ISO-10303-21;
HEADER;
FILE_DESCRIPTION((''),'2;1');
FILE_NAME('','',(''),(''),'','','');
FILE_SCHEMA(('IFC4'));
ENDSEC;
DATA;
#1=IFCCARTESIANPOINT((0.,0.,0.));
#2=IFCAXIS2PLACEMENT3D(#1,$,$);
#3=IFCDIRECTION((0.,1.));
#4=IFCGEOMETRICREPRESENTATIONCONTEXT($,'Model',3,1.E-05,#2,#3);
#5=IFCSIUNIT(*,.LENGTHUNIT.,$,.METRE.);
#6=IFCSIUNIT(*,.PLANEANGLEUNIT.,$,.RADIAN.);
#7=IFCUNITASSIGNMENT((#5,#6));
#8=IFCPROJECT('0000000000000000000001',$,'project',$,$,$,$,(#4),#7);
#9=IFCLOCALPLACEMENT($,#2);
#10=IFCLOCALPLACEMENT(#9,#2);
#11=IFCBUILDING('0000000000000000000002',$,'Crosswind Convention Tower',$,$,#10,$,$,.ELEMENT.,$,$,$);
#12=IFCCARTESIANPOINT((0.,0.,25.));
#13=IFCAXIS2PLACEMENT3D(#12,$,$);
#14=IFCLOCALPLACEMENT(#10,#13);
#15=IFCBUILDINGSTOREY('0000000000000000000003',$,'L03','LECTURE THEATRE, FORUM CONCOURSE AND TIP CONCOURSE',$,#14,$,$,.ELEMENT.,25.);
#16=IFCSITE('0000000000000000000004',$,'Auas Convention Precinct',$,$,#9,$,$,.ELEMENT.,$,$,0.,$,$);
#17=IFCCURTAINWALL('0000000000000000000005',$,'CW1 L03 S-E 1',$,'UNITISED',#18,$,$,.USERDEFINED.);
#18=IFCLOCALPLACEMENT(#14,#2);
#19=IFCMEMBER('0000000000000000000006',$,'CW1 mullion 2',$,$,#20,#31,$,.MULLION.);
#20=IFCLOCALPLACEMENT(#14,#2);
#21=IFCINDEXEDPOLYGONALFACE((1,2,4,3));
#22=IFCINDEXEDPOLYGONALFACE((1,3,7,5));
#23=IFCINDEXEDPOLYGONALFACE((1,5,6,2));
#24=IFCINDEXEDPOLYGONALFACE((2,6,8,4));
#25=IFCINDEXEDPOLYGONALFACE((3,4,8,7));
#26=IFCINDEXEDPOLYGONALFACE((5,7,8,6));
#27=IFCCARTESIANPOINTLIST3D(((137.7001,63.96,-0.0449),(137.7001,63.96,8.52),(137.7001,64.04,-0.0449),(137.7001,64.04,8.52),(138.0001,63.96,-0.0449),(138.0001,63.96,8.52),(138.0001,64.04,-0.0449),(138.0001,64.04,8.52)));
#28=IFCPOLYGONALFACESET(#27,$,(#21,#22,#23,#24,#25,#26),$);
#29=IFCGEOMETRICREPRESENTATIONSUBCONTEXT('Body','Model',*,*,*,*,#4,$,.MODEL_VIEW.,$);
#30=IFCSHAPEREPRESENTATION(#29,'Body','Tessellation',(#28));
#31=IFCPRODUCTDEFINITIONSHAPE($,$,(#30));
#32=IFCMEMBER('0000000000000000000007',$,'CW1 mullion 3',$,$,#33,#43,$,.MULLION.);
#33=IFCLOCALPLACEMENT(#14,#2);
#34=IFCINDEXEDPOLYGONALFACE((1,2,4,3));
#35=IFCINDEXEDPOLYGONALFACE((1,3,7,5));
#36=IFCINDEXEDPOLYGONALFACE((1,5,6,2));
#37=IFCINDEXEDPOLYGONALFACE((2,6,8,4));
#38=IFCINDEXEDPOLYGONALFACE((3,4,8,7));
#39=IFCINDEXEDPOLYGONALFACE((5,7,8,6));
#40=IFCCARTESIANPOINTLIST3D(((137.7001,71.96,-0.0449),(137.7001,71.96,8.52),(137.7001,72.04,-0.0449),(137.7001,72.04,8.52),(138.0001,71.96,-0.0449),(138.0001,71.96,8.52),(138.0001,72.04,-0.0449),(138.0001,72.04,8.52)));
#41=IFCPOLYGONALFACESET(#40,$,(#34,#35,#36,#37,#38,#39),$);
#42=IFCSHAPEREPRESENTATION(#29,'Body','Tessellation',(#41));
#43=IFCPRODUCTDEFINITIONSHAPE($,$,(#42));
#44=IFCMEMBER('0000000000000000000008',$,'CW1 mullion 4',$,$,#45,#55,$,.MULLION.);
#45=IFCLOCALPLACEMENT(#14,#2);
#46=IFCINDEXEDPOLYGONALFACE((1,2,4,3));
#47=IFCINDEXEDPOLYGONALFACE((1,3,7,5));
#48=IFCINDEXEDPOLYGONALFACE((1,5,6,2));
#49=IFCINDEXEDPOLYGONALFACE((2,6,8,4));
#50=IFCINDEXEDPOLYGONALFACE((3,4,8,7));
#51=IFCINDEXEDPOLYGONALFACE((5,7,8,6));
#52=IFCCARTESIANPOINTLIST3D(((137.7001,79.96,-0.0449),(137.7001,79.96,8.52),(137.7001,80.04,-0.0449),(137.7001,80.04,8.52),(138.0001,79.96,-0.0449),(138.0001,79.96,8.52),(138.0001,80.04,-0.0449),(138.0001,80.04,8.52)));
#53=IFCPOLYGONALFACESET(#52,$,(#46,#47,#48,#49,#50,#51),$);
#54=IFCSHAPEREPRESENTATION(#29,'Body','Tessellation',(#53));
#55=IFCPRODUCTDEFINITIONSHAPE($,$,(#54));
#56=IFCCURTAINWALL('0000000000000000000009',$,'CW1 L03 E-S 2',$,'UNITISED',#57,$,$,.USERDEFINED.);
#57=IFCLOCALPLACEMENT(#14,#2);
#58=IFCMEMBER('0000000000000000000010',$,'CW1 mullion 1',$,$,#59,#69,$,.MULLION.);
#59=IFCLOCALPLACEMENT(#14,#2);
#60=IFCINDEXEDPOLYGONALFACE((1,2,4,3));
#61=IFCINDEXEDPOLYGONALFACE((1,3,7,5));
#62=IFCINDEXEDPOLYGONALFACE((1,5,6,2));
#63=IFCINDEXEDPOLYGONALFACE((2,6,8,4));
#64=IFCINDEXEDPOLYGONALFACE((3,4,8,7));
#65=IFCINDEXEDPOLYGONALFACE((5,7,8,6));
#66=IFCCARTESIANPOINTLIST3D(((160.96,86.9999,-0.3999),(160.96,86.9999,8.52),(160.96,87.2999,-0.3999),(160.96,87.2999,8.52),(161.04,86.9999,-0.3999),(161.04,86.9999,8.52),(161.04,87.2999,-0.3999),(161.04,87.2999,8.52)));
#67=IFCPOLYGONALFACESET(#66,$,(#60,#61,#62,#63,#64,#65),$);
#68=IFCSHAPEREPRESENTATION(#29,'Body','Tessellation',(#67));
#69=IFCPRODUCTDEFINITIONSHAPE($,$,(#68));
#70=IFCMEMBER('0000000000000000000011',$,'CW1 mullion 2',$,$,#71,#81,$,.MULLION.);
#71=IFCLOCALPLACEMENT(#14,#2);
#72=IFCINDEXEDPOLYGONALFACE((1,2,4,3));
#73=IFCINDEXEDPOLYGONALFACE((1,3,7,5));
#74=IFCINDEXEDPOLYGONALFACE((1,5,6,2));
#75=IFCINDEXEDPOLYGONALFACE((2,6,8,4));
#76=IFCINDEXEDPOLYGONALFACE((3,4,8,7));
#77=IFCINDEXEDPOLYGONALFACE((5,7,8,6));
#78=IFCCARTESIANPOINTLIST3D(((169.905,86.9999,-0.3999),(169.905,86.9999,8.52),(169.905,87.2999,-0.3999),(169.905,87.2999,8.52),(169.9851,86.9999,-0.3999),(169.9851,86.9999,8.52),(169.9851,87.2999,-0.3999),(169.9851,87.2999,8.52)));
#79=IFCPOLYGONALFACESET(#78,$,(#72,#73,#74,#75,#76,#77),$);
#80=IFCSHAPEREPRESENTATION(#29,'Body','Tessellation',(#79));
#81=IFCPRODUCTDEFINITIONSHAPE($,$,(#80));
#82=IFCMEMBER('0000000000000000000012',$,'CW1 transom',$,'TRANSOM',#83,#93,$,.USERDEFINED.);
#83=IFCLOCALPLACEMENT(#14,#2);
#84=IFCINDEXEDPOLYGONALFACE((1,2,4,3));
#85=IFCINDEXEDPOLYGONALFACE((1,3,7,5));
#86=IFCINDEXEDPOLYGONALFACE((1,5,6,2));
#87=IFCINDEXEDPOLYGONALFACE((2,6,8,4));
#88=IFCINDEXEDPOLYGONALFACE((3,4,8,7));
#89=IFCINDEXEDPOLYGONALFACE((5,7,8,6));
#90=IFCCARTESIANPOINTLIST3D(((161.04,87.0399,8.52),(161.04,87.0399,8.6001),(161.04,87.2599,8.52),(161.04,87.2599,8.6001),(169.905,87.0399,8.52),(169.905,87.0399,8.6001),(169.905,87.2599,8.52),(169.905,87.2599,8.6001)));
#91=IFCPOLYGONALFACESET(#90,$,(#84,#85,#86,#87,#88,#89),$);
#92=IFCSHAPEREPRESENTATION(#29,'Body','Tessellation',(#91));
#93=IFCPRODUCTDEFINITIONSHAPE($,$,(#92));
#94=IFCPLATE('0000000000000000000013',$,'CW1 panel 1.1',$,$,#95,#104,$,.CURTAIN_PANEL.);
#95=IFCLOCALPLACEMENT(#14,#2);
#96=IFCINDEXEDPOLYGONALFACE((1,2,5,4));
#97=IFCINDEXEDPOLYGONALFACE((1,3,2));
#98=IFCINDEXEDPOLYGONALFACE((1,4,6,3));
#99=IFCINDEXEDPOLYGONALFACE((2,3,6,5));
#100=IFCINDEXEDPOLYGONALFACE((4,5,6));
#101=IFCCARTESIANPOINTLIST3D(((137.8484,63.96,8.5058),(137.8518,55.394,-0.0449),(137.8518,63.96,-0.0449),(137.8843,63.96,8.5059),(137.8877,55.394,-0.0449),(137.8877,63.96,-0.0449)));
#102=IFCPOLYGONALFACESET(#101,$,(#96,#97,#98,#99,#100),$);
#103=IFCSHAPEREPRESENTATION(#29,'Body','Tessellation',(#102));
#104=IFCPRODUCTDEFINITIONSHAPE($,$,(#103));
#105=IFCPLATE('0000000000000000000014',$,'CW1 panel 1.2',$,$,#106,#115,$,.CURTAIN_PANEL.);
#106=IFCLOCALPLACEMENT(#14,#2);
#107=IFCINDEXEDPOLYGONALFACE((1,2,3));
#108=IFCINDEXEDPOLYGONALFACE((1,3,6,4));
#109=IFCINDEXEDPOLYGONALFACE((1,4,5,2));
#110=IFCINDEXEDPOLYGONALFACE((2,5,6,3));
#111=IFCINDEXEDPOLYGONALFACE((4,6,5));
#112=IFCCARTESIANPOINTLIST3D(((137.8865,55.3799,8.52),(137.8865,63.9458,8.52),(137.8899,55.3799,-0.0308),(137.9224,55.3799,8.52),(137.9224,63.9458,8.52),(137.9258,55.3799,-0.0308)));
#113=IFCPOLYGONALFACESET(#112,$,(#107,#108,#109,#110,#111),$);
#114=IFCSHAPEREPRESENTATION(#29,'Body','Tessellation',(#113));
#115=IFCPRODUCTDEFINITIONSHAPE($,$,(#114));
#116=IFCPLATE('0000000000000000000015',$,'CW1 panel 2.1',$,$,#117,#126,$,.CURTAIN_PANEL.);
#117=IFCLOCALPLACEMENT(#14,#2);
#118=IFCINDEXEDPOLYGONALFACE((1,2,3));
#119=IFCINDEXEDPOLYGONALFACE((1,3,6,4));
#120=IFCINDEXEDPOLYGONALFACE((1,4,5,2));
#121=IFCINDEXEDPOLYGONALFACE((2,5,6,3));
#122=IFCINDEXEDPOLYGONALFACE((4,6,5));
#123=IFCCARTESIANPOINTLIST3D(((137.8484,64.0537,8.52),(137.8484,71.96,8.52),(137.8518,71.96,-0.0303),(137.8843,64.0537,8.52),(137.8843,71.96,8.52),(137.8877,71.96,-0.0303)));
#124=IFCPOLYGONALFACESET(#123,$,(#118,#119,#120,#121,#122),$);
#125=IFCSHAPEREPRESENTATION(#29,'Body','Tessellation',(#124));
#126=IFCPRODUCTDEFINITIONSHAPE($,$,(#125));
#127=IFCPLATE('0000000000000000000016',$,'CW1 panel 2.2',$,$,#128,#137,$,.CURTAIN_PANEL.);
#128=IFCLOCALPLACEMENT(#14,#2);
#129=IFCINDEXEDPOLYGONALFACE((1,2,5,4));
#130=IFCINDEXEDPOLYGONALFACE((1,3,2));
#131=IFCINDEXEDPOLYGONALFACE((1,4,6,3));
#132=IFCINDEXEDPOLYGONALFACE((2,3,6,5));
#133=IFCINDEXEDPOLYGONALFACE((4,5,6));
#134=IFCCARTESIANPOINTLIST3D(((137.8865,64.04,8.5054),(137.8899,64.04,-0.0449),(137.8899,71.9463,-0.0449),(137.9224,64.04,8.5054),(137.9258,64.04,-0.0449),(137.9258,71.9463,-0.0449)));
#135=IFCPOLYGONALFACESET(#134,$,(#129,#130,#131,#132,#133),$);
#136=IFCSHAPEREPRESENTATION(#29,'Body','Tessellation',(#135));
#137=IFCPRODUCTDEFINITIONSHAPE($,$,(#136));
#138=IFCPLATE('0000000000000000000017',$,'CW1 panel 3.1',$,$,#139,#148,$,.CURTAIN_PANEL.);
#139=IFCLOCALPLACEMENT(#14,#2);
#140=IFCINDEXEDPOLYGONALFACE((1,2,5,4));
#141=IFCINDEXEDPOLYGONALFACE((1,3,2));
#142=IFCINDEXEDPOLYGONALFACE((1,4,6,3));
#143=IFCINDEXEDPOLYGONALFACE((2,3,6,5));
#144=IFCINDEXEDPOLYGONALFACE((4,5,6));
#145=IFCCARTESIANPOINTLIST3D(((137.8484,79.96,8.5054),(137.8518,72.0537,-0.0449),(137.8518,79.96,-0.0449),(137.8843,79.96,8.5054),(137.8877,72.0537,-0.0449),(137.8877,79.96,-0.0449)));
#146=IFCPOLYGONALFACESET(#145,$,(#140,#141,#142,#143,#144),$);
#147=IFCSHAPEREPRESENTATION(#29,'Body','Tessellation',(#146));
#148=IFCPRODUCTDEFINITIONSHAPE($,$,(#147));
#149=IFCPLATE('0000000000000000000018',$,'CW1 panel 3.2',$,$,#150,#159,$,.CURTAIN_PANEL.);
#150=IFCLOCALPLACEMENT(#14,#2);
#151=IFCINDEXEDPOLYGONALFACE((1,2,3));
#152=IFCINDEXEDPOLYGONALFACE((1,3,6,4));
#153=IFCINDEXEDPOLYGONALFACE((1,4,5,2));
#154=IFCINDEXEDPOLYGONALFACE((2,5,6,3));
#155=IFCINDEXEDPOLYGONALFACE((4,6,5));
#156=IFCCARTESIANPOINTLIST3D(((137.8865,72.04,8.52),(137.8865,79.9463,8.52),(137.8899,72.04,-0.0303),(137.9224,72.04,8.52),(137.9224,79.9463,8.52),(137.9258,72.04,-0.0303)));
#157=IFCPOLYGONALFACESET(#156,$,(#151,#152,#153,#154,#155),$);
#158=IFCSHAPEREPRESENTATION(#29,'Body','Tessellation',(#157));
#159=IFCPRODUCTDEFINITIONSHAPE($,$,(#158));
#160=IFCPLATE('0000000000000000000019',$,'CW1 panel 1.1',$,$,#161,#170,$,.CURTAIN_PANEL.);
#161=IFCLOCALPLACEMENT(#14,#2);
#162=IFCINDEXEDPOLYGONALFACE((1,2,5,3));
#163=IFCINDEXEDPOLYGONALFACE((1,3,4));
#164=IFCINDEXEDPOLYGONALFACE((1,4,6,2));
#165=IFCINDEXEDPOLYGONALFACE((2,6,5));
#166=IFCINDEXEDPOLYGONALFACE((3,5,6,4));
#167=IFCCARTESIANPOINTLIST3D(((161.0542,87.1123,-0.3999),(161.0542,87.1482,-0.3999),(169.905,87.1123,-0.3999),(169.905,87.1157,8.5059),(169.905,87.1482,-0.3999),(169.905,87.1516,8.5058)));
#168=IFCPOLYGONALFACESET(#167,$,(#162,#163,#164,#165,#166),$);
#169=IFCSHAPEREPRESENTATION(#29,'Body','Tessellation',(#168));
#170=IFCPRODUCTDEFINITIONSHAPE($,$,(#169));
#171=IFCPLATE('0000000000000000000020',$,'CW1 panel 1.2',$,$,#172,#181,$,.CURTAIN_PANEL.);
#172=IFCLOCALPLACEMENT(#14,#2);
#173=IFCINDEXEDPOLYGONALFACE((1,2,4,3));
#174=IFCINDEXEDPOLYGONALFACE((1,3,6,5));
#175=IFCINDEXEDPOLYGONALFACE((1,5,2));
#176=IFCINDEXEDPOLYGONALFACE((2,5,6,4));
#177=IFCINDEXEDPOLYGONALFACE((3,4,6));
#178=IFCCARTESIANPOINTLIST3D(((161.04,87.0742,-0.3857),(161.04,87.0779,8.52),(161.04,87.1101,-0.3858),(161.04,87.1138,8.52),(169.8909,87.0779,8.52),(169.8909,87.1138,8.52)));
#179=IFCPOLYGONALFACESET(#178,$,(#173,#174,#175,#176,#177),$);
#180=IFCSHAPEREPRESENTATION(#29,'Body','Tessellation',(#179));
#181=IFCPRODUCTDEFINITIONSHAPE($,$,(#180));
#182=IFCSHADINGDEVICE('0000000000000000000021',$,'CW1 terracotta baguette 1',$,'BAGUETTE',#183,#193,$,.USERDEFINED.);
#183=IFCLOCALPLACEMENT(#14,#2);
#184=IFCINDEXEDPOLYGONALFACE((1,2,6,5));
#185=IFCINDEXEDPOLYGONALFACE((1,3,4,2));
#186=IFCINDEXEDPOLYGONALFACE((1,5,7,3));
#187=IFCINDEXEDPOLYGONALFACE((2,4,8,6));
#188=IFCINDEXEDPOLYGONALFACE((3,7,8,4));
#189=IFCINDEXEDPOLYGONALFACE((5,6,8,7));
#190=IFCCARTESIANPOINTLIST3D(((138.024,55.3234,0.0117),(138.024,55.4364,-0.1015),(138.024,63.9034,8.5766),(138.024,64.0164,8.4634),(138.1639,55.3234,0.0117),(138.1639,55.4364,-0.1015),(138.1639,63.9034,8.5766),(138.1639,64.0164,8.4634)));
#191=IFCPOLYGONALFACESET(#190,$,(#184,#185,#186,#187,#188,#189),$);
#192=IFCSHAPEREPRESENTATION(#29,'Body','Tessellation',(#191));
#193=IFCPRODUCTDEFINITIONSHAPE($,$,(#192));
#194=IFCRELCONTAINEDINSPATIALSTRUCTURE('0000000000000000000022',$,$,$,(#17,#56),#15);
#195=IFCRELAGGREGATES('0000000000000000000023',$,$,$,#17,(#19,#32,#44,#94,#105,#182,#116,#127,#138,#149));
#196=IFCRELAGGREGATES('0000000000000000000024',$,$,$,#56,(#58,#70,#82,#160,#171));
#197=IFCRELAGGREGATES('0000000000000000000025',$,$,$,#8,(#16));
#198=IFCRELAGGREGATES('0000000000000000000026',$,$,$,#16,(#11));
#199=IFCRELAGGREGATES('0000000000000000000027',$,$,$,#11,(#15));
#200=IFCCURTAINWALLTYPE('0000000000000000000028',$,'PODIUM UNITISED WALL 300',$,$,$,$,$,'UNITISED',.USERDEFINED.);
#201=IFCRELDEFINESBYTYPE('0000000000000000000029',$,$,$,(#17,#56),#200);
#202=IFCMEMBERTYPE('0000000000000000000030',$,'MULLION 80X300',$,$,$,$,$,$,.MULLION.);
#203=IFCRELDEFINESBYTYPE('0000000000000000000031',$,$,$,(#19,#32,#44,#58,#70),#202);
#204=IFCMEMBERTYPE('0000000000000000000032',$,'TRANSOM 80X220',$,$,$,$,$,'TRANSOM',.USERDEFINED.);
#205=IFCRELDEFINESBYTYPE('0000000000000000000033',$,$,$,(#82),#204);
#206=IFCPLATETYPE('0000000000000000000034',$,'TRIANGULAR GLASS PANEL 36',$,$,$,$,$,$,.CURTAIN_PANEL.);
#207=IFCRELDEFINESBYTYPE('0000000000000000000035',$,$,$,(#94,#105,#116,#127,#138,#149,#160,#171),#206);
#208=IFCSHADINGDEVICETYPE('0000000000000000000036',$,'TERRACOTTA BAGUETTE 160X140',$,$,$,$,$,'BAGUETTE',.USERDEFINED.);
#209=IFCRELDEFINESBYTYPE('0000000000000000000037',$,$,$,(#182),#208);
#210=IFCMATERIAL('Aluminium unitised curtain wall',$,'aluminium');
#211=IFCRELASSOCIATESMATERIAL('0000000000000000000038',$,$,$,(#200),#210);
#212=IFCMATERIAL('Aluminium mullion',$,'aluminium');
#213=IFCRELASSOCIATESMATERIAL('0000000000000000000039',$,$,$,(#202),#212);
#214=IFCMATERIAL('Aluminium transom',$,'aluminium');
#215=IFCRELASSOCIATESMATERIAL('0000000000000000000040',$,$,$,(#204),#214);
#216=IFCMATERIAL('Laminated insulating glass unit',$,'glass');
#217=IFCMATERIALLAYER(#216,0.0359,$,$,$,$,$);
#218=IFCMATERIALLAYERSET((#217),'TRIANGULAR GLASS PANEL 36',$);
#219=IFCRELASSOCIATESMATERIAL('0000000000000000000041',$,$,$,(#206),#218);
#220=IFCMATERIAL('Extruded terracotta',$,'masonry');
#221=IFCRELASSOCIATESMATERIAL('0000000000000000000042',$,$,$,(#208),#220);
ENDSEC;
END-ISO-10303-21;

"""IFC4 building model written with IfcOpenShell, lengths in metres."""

from ifc_helpers import new_model, si_unit, direction, frame, origin, origin_2d, place, context, subcontext, project, spatial, polyline, rectangle, outline, extrude, material, layer, layer_set, material_profile, profile_set, type_object, element, aggregate, save


model = new_model("IFC4")

# Units and contexts
model_context = context("Model", 3, precision=1e-05, world=origin(), true_north=direction((0.0, 1.0)))
body_context = subcontext(model_context, "Body", "Model", "MODEL_VIEW")
ifc_project = project(units=[si_unit("LENGTHUNIT", "METRE"), si_unit("PLANEANGLEUNIT", "RADIAN")], contexts=[model_context])

# Site, building, storey
site_placement = place(None, origin())
site = spatial("IfcSite", under=ifc_project, at=site_placement, Name="Auas Convention Precinct", CompositionType="ELEMENT", RefElevation=0.0)
building_placement = place(site_placement, origin())
building = spatial("IfcBuilding", under=site, at=building_placement, Name="Crosswind Convention Tower", CompositionType="ELEMENT")
storey_placement = place(building_placement, frame((0.0, 0.0, 25.0)))
storey = spatial("IfcBuildingStorey", under=building, at=storey_placement, Name="L03", Description="LECTURE THEATRE, FORUM CONCOURSE AND TIP CONCOURSE", CompositionType="ELEMENT", Elevation=25.0)

# Curtain walls, members
ifc_material_1 = material(Name="Aluminium unitised curtain wall", Category="aluminium")
curtain_wall_type = type_object("IfcCurtainWallType", Name="PODIUM UNITISED WALL 300", ElementType="UNITISED", PredefinedType="USERDEFINED", material=ifc_material_1)
curtain_wall_1_placement = place(storey_placement, origin())
curtain_wall_1 = element("IfcCurtainWall", 1, at=curtain_wall_1_placement, inside=storey, type_object=curtain_wall_type, Name="CW1 L03 S-E 1", ObjectType="UNITISED", PredefinedType="USERDEFINED")
ifc_material_2 = material(Name="Aluminium mullion", Category="aluminium")
ifc_material_profile_1 = material_profile(ifc_material_2, rectangle(XDim=0.3, YDim=0.0801, at=origin_2d()), Name="AL 300X80")
ifc_profile_set_1 = profile_set([ifc_material_profile_1], Name="Aluminium mullion")
member_type_1 = type_object("IfcMemberType", Name="MULLION 80X300", PredefinedType="MULLION", material=ifc_profile_set_1)
member_1_placement = place(storey_placement, frame((137.8501, 64.0, -0.0449), z_axis=(0.0, 0.0, 1.0), x_axis=(1.0, 0.0, 0.0)))
member_1 = element("IfcMember", 2, at=member_1_placement, type_object=member_type_1, Name="CW1 mullion 2", PredefinedType="MULLION", context=body_context, shape_type="SweptSolid", body=[
    extrude(rectangle(XDim=0.3, YDim=0.0801, at=origin_2d()), origin(), (0.0, 0.0, 1.0), 8.5649),
])
member_2_placement = place(storey_placement, frame((137.8501, 72.0, -0.0449), z_axis=(0.0, 0.0, 1.0), x_axis=(1.0, 0.0, 0.0)))
member_2 = element("IfcMember", 3, at=member_2_placement, type_object=member_type_1, Name="CW1 mullion 3", PredefinedType="MULLION", context=body_context, shape_type="SweptSolid", body=[
    extrude(rectangle(XDim=0.3, YDim=0.0801, at=origin_2d()), origin(), (0.0, 0.0, 1.0), 8.5649),
])
member_3_placement = place(storey_placement, frame((137.8501, 80.0, -0.0449), z_axis=(0.0, 0.0, 1.0), x_axis=(1.0, 0.0, 0.0)))
member_3 = element("IfcMember", 4, at=member_3_placement, type_object=member_type_1, Name="CW1 mullion 4", PredefinedType="MULLION", context=body_context, shape_type="SweptSolid", body=[
    extrude(rectangle(XDim=0.3, YDim=0.0801, at=origin_2d()), origin(), (0.0, 0.0, 1.0), 8.5649),
])
curtain_wall_2_placement = place(storey_placement, origin())
curtain_wall_2 = element("IfcCurtainWall", 5, at=curtain_wall_2_placement, inside=storey, type_object=curtain_wall_type, Name="CW1 L03 E-S 2", ObjectType="UNITISED", PredefinedType="USERDEFINED")
member_4_placement = place(storey_placement, frame((161.0, 87.1499, -0.3999), z_axis=(0.0, 0.0, 1.0), x_axis=(0.0, -1.0, 0.0)))
member_4 = element("IfcMember", 6, at=member_4_placement, type_object=member_type_1, Name="CW1 mullion 1", PredefinedType="MULLION", context=body_context, shape_type="SweptSolid", body=[
    extrude(rectangle(XDim=0.3, YDim=0.0801, at=origin_2d()), origin(), (0.0, 0.0, 1.0), 8.9199),
])
member_5_placement = place(storey_placement, frame((169.9451, 87.1499, -0.3999), z_axis=(0.0, 0.0, 1.0), x_axis=(0.0, -1.0, 0.0)))
member_5 = element("IfcMember", 7, at=member_5_placement, type_object=member_type_1, Name="CW1 mullion 2", PredefinedType="MULLION", context=body_context, shape_type="SweptSolid", body=[
    extrude(rectangle(XDim=0.3, YDim=0.0801, at=origin_2d()), origin(), (0.0, 0.0, 1.0), 8.9199),
])
ifc_material_3 = material(Name="Aluminium transom", Category="aluminium")
ifc_material_profile_2 = material_profile(ifc_material_3, rectangle(XDim=0.22, YDim=0.0801, at=origin_2d()), Name="AL 220X80")
ifc_profile_set_2 = profile_set([ifc_material_profile_2], Name="Aluminium transom")
member_type_2 = type_object("IfcMemberType", Name="TRANSOM 80X220", ElementType="TRANSOM", PredefinedType="USERDEFINED", material=ifc_profile_set_2)
member_6_placement = place(storey_placement, frame((161.04, 87.1499, 8.5601), z_axis=(1.0, 0.0, 0.0), x_axis=(0.0, 1.0, 0.0)))
member_6 = element("IfcMember", 8, at=member_6_placement, type_object=member_type_2, Name="CW1 transom", ObjectType="TRANSOM", PredefinedType="USERDEFINED", context=body_context, shape_type="SweptSolid", body=[
    extrude(rectangle(XDim=0.22, YDim=0.0801, at=origin_2d()), origin(), (0.0, 0.0, 1.0), 8.865),
])

# Plates
ifc_material_4 = material(Name="Laminated insulating glass unit", Category="glass")
ifc_layer = layer(ifc_material_4, 0.0359)
ifc_layer_set = layer_set([ifc_layer], Name="TRIANGULAR GLASS PANEL 36")
plate_type = type_object("IfcPlateType", Name="TRIANGULAR GLASS PANEL 36", PredefinedType="CURTAIN_PANEL", material=ifc_layer_set)
plate_1_placement = place(storey_placement, frame((137.8877, 63.96, -0.0449), z_axis=(1.0, 0.0, 0.0004), x_axis=(-0.0004, 0.0, 1.0)))
plate_1 = element("IfcPlate", 9, at=plate_1_placement, type_object=plate_type, Name="CW1 panel 1.1", PredefinedType="CURTAIN_PANEL", context=body_context, shape_type="SweptSolid", body=[
    extrude(outline(polyline([(0.0, 0.0), (8.5508, 0.0), (0.0, 8.5659), (0.0, 0.0)])), origin(), (0.0, 0.0, -1.0), 0.0359),
])
plate_2_placement = place(storey_placement, frame((137.9224, 55.3799, 8.52), z_axis=(1.0, 0.0, 0.0004), x_axis=(0.0004, 0.0, -1.0)))
plate_2 = element("IfcPlate", 10, at=plate_2_placement, type_object=plate_type, Name="CW1 panel 1.2", PredefinedType="CURTAIN_PANEL", context=body_context, shape_type="SweptSolid", body=[
    extrude(outline(polyline([(0.0, 0.0), (8.5508, 0.0), (0.0, 8.5659), (0.0, 0.0)])), origin(), (0.0, 0.0, -1.0), 0.0359),
])
plate_3_placement = place(storey_placement, frame((137.8843, 71.96, 8.52), z_axis=(1.0, 0.0, 0.0004), x_axis=(0.0, -1.0, 0.0)))
plate_3 = element("IfcPlate", 11, at=plate_3_placement, type_object=plate_type, Name="CW1 panel 2.1", PredefinedType="CURTAIN_PANEL", context=body_context, shape_type="SweptSolid", body=[
    extrude(outline(polyline([(0.0, 0.0), (7.9062, 0.0), (0.0, 8.5503), (0.0, 0.0)])), origin(), (0.0, 0.0, -1.0), 0.0359),
])
plate_4_placement = place(storey_placement, frame((137.9258, 64.04, -0.0449), z_axis=(1.0, 0.0, 0.0004), x_axis=(0.0, 1.0, 0.0)))
plate_4 = element("IfcPlate", 12, at=plate_4_placement, type_object=plate_type, Name="CW1 panel 2.2", PredefinedType="CURTAIN_PANEL", context=body_context, shape_type="SweptSolid", body=[
    extrude(outline(polyline([(0.0, 0.0), (7.9062, 0.0), (0.0, 8.5503), (0.0, 0.0)])), origin(), (0.0, 0.0, -1.0), 0.0359),
])
plate_5_placement = place(storey_placement, frame((137.8877, 79.96, -0.0449), z_axis=(1.0, 0.0, 0.0004), x_axis=(-0.0004, 0.0, 1.0)))
plate_5 = element("IfcPlate", 13, at=plate_5_placement, type_object=plate_type, Name="CW1 panel 3.1", PredefinedType="CURTAIN_PANEL", context=body_context, shape_type="SweptSolid", body=[
    extrude(outline(polyline([(0.0, 0.0), (8.5503, 0.0), (0.0, 7.9062), (0.0, 0.0)])), origin(), (0.0, 0.0, -1.0), 0.0359),
])
plate_6_placement = place(storey_placement, frame((137.9224, 72.04, 8.52), z_axis=(1.0, 0.0, 0.0004), x_axis=(0.0004, 0.0, -1.0)))
plate_6 = element("IfcPlate", 14, at=plate_6_placement, type_object=plate_type, Name="CW1 panel 3.2", PredefinedType="CURTAIN_PANEL", context=body_context, shape_type="SweptSolid", body=[
    extrude(outline(polyline([(0.0, 0.0), (8.5503, 0.0), (0.0, 7.9062), (0.0, 0.0)])), origin(), (0.0, 0.0, -1.0), 0.0359),
])
plate_7_placement = place(storey_placement, frame((169.905, 87.1123, -0.3999), z_axis=(0.0, -1.0, 0.000384), x_axis=(0.0, 0.000384, 1.0)))
plate_7 = element("IfcPlate", 15, at=plate_7_placement, type_object=plate_type, Name="CW1 panel 1.1", PredefinedType="CURTAIN_PANEL", context=body_context, shape_type="SweptSolid", body=[
    extrude(outline(polyline([(0.0, 0.0), (8.9058, 0.0), (0.0, 8.8508), (0.0, 0.0)])), origin(), (0.0, 0.0, -1.0), 0.0359),
])
plate_8_placement = place(storey_placement, frame((161.04, 87.0779, 8.52), z_axis=(0.0, -1.0, 0.000411), x_axis=(0.0, -0.000411, -1.0)))
plate_8 = element("IfcPlate", 16, at=plate_8_placement, type_object=plate_type, Name="CW1 panel 1.2", PredefinedType="CURTAIN_PANEL", context=body_context, shape_type="SweptSolid", body=[
    extrude(outline(polyline([(0.0, 0.0), (8.9058, 0.0), (0.0, 8.8508), (0.0, 0.0)])), origin(), (0.0, 0.0, -1.0), 0.0359),
])

# Shading device
ifc_material_5 = material(Name="Extruded terracotta", Category="masonry")
ifc_material_profile_3 = material_profile(ifc_material_5, rectangle(XDim=0.1399, YDim=0.1599, at=origin_2d()), Name="TC 140X160")
ifc_profile_set_3 = profile_set([ifc_material_profile_3], Name="Extruded terracotta")
shading_device_type = type_object("IfcShadingDeviceType", Name="TERRACOTTA BAGUETTE 160X140", ElementType="BAGUETTE", PredefinedType="USERDEFINED", material=ifc_profile_set_3)
shading_device_1_placement = place(storey_placement, frame((138.094, 55.3799, -0.0449), z_axis=(0.0, 0.707731, 0.706482), x_axis=(-1.0, 0.0, 0.0)))
shading_device_1 = element("IfcShadingDevice", 17, at=shading_device_1_placement, type_object=shading_device_type, Name="CW1 terracotta baguette 1", ObjectType="BAGUETTE", PredefinedType="USERDEFINED", context=body_context, shape_type="SweptSolid", body=[
    extrude(rectangle(XDim=0.1399, YDim=0.1599, at=origin_2d()), origin(), (0.0, 0.0, 1.0), 12.1233),
])
aggregate(curtain_wall_1, [member_1, member_2, member_3, plate_1, plate_2, shading_device_1, plate_3, plate_4, plate_5, plate_6])
aggregate(curtain_wall_2, [member_4, member_5, member_6, plate_7, plate_8])

save(model, "model.ifc")
